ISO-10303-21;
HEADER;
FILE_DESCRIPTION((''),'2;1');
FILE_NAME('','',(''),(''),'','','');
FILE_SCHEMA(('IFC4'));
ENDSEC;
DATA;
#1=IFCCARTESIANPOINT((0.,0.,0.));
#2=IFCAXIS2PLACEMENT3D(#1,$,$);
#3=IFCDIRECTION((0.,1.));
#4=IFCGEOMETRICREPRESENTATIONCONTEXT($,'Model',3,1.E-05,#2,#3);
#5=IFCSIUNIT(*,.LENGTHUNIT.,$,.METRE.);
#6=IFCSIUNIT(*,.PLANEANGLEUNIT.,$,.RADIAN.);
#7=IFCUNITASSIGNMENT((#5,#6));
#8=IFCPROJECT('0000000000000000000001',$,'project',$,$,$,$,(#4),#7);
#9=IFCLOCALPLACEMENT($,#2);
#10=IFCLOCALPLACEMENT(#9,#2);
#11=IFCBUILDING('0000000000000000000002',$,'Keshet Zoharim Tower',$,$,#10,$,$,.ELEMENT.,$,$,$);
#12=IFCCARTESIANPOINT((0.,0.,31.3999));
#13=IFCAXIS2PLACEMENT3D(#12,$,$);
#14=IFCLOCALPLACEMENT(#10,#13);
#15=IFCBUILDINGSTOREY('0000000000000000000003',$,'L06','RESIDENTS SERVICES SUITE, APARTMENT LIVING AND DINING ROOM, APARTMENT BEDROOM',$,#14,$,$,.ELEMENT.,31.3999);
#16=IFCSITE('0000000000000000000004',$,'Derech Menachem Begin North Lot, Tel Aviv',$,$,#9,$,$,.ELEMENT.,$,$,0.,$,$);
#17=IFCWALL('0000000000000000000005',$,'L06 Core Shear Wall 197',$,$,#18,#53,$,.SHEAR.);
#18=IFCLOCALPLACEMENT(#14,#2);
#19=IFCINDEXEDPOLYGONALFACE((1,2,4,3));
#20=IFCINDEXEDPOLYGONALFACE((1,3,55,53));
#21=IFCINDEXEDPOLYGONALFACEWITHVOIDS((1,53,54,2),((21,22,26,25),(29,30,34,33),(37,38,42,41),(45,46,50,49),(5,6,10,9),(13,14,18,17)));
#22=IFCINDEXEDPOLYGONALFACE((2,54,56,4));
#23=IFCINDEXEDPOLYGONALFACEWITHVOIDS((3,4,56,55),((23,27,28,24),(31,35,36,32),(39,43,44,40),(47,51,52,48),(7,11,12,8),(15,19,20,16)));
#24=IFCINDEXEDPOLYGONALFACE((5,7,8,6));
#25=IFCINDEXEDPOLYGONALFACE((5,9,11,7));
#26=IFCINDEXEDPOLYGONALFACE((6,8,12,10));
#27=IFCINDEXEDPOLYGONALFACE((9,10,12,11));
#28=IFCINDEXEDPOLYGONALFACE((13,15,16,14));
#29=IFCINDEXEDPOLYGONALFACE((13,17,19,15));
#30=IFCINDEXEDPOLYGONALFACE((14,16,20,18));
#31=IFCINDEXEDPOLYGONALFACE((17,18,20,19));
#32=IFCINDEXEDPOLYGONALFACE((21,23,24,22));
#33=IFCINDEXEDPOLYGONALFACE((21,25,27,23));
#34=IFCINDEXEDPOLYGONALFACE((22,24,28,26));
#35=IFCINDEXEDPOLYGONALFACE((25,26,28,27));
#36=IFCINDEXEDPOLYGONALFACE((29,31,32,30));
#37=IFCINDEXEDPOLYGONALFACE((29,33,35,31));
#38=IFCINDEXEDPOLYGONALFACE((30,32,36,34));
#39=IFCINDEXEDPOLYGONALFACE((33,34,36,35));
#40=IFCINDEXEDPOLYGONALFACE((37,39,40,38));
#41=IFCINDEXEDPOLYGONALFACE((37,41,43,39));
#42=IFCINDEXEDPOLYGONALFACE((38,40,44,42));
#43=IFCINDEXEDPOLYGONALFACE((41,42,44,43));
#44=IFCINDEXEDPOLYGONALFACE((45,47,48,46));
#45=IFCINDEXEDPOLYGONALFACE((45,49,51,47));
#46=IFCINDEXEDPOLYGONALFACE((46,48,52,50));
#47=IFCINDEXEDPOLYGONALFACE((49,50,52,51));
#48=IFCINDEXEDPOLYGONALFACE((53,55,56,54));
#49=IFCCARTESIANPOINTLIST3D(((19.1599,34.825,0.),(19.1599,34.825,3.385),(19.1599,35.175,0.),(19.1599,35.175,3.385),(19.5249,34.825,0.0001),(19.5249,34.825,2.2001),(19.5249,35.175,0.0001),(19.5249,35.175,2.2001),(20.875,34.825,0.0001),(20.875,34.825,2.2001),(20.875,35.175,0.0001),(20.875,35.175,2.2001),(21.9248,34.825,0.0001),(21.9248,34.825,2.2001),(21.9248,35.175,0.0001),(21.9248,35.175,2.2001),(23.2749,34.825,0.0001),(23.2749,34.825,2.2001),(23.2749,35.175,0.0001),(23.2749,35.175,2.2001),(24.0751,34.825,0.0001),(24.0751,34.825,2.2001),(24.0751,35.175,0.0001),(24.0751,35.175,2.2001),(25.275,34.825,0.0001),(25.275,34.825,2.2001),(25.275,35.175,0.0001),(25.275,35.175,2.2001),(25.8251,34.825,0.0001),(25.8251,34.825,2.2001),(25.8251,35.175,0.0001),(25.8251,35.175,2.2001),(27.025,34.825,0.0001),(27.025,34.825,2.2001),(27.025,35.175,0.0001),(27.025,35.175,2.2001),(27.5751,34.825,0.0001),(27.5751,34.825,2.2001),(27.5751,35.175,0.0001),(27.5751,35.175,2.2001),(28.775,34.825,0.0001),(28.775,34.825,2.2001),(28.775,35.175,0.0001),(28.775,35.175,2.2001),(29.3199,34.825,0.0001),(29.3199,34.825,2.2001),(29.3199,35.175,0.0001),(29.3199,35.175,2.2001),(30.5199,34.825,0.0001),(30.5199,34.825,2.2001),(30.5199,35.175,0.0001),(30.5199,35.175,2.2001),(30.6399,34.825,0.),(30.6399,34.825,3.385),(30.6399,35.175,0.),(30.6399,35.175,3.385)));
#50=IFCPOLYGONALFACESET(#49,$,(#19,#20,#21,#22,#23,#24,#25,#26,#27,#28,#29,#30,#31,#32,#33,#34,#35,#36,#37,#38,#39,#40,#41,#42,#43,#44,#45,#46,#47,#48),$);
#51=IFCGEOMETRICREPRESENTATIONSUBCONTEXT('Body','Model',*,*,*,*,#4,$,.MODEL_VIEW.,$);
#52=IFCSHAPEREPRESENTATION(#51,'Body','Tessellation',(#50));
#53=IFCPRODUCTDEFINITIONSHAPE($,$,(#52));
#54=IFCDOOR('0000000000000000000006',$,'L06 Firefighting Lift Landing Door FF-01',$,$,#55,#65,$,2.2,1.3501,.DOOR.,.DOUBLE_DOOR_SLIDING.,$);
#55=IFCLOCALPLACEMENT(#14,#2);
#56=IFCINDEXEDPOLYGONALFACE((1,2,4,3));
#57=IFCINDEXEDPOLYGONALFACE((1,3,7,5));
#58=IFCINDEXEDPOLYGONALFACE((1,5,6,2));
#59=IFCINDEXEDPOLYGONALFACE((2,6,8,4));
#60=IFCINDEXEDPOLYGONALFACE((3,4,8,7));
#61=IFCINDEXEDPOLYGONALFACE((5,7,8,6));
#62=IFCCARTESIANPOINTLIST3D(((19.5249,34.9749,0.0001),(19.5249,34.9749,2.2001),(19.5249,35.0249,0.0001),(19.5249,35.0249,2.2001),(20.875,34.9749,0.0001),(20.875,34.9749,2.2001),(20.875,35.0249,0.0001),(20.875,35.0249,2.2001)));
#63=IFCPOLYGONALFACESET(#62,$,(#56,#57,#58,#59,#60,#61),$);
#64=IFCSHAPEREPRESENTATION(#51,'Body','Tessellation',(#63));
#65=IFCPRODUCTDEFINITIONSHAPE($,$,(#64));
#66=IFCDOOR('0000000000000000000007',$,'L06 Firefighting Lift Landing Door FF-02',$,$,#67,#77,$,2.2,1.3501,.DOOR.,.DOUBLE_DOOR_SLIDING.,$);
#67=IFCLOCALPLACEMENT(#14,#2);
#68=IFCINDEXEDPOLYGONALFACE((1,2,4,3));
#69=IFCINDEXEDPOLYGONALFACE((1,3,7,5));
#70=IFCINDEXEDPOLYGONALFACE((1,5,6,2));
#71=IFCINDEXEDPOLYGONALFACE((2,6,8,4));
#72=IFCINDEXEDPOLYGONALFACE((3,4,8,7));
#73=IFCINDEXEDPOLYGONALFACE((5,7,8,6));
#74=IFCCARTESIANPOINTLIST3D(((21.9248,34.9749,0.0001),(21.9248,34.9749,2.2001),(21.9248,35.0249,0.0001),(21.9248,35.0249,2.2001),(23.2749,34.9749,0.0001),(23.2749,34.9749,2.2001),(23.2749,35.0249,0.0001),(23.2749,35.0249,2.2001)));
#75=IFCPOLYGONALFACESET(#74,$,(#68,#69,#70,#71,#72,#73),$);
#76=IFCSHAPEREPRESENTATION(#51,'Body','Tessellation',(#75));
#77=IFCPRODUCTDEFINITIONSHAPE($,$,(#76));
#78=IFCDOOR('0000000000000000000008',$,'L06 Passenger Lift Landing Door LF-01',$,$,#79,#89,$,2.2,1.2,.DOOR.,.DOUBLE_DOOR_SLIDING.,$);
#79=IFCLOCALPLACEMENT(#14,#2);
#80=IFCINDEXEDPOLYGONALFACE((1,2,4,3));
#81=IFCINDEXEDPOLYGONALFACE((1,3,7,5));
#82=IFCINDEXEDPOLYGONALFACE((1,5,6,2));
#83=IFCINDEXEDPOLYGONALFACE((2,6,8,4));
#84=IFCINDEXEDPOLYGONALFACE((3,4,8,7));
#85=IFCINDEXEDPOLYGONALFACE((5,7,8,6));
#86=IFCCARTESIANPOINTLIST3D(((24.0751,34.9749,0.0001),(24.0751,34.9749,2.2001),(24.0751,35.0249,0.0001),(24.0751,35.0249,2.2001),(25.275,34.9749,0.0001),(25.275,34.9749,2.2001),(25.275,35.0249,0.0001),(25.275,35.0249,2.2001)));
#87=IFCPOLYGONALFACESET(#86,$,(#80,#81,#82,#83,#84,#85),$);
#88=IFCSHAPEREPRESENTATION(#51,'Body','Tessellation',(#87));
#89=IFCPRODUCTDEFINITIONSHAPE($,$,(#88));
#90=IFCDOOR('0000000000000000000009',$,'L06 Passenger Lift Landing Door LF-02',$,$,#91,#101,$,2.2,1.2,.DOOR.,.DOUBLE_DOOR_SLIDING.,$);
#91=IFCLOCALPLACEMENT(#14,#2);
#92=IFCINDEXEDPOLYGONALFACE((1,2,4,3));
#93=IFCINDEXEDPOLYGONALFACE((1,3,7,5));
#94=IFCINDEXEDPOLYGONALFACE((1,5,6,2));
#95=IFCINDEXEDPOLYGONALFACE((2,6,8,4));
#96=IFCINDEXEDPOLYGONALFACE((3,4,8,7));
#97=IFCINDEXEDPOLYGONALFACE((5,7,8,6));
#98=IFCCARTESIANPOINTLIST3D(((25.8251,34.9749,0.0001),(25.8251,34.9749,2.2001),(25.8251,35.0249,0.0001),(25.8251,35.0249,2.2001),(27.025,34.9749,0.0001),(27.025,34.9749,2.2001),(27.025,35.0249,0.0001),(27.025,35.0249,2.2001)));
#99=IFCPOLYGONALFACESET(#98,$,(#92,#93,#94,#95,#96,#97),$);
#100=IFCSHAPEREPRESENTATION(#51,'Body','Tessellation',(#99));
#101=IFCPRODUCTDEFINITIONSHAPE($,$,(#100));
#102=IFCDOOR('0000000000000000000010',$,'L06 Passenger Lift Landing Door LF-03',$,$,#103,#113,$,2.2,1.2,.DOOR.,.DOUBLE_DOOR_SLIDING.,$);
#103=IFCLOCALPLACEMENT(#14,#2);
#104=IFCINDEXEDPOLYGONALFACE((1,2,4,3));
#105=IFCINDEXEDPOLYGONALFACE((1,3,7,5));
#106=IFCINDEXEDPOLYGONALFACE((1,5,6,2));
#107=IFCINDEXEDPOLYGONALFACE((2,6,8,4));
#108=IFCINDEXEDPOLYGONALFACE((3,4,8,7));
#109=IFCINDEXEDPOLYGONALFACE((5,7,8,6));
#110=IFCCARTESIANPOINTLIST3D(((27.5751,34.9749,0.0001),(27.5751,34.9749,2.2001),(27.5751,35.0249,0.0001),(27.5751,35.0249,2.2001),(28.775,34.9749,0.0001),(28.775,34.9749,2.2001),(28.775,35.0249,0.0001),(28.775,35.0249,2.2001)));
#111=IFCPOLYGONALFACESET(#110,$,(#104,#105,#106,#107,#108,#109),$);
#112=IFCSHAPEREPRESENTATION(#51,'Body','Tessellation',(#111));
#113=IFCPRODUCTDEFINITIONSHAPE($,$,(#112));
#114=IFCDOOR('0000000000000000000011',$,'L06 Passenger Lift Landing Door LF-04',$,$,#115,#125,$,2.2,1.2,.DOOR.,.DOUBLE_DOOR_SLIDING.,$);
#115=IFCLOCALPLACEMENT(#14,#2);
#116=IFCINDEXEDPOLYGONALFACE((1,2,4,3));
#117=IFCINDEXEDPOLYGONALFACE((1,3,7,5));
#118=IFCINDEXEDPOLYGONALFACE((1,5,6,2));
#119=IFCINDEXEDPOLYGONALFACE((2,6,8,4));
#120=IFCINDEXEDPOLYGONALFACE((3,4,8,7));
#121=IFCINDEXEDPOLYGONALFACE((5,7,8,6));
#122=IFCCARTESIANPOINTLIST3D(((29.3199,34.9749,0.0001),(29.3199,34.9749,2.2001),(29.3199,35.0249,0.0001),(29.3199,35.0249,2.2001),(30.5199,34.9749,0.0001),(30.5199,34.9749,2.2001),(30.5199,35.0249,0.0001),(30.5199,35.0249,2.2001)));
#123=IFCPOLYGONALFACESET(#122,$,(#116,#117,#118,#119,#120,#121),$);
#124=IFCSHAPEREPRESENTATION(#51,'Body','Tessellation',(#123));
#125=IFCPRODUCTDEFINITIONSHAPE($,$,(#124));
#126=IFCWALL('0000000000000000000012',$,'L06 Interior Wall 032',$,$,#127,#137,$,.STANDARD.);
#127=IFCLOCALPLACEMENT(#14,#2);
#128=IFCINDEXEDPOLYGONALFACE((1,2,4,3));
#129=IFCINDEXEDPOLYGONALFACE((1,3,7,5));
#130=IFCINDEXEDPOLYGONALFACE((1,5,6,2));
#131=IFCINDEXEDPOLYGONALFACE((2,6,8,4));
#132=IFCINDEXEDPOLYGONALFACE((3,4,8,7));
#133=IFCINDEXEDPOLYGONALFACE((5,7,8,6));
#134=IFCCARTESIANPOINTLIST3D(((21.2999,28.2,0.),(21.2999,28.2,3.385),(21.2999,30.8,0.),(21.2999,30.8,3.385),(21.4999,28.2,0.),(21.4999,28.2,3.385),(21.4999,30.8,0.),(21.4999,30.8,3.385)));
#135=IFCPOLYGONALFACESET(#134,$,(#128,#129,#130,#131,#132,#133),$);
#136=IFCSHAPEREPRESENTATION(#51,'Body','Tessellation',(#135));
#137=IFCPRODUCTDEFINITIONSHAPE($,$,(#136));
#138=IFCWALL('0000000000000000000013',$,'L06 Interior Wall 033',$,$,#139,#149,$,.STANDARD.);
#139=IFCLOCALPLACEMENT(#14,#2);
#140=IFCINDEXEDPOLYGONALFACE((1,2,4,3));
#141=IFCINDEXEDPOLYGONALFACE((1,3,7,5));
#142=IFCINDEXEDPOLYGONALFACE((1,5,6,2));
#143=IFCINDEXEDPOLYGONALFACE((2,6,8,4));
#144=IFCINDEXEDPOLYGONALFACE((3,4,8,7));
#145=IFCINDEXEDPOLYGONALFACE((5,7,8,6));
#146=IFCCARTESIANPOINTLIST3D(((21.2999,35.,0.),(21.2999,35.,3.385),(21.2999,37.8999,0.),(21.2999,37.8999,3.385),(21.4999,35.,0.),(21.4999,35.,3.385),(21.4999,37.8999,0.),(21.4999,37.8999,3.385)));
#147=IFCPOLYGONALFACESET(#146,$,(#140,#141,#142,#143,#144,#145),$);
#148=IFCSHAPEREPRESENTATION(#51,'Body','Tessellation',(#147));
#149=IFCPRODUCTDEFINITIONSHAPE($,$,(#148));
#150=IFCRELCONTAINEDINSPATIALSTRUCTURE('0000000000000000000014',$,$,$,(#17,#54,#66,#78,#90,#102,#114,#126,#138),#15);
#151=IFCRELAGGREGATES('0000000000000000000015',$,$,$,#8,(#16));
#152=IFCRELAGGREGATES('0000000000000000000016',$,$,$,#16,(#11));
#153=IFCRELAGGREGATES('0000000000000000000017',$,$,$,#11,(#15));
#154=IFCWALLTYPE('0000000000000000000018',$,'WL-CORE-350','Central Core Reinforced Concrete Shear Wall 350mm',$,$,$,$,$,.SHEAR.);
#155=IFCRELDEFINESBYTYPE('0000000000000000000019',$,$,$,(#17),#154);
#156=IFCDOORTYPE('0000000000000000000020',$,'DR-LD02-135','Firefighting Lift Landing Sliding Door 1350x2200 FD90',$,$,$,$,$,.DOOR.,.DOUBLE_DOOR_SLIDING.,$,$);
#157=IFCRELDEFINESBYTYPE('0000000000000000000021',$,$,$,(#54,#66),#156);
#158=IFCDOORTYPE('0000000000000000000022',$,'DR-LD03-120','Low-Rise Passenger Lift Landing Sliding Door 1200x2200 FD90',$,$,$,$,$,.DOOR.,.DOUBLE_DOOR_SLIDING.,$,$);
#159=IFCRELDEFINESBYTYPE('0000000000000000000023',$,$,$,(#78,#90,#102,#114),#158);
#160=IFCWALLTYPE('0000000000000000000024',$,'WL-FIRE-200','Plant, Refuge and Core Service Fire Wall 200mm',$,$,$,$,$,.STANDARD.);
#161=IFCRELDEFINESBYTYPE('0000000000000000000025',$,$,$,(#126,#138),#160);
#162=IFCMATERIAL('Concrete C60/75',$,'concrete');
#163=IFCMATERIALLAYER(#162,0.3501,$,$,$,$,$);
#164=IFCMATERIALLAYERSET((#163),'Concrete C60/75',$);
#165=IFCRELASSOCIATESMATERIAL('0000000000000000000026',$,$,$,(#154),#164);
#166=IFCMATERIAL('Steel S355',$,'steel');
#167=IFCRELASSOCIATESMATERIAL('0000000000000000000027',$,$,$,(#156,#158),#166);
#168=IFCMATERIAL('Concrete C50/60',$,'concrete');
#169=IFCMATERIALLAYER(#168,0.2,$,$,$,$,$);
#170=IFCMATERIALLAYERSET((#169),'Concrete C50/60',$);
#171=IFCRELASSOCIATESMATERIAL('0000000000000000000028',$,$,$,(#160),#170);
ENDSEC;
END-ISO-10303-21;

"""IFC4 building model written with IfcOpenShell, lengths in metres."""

from ifc_helpers import new_model, si_unit, direction, frame, frame_2d, origin, place, context, subcontext, project, spatial, rectangle, extrude, material, layer, layer_set, type_object, element, fill, save


model = new_model("IFC4")

# Units and contexts
model_context = context("Model", 3, precision=1e-05, world=origin(), true_north=direction((0.0, 1.0)))
body_context = subcontext(model_context, "Body", "Model", "MODEL_VIEW")
ifc_project = project(units=[si_unit("LENGTHUNIT", "METRE"), si_unit("PLANEANGLEUNIT", "RADIAN")], contexts=[model_context])

# Site, building, storey
site_placement = place(None, origin())
site = spatial("IfcSite", under=ifc_project, at=site_placement, Name="Derech Menachem Begin North Lot, Tel Aviv", CompositionType="ELEMENT", RefElevation=0.0)
building_placement = place(site_placement, origin())
building = spatial("IfcBuilding", under=site, at=building_placement, Name="Keshet Zoharim Tower", CompositionType="ELEMENT")
storey_placement = place(building_placement, frame((0.0, 0.0, 31.3999)))
storey = spatial("IfcBuildingStorey", under=building, at=storey_placement, Name="L06", Description="RESIDENTS SERVICES SUITE, APARTMENT LIVING AND DINING ROOM, APARTMENT BEDROOM", CompositionType="ELEMENT", Elevation=31.3999)

# Shared definitions
ifc_material_1 = material(Name="Concrete C60/75", Category="concrete")
ifc_layer_1 = layer(ifc_material_1, 0.3501)
ifc_layer_set_1 = layer_set([ifc_layer_1], Name="Concrete C60/75")
wall_type_1 = type_object("IfcWallType", Name="WL-CORE-350", Description="Central Core Reinforced Concrete Shear Wall 350mm", PredefinedType="SHEAR", material=ifc_layer_set_1)

# Shared definitions
ifc_material_2 = material(Name="Steel S355", Category="steel")

# Wall, openings, doors
wall_1_placement = place(storey_placement, frame((19.1599, 35.0, 0.0), z_axis=(0.0, 0.0, 1.0), x_axis=(1.0, 0.0, 0.0)))
wall_1 = element("IfcWall", 1, at=wall_1_placement, inside=storey, type_object=wall_type_1, Name="L06 Core Shear Wall 197", PredefinedType="SHEAR", context=body_context, shape_type="SweptSolid", body=[
    extrude(rectangle(XDim=11.48, YDim=0.3501, at=frame_2d((5.74, 0.0))), origin(), (0.0, 0.0, 1.0), 3.385),
])
opening_1_placement = place(wall_1_placement, frame((0.365, 0.0, 0.0)))
opening_1 = element("IfcOpeningElement", 2, at=opening_1_placement, cuts=wall_1, PredefinedType="OPENING", context=body_context, shape_type="SweptSolid", body=[
    extrude(rectangle(XDim=1.3501, YDim=2.2, at=frame_2d((0.675, 1.1001))), frame((0.0, 0.1851, 0.0), z_axis=(0.0, -1.0, 0.0), x_axis=(1.0, 0.0, 0.0)), (0.0, 0.0, 1.0), 0.3701),
])
opening_2_placement = place(wall_1_placement, frame((2.7649, 0.0, 0.0)))
opening_2 = element("IfcOpeningElement", 3, at=opening_2_placement, cuts=wall_1, PredefinedType="OPENING", context=body_context, shape_type="SweptSolid", body=[
    extrude(rectangle(XDim=1.3501, YDim=2.2, at=frame_2d((0.675, 1.1001))), frame((0.0, 0.1851, 0.0), z_axis=(0.0, -1.0, 0.0), x_axis=(1.0, 0.0, 0.0)), (0.0, 0.0, 1.0), 0.3701),
])
opening_3_placement = place(wall_1_placement, frame((4.915, 0.0, 0.0)))
opening_3 = element("IfcOpeningElement", 4, at=opening_3_placement, cuts=wall_1, PredefinedType="OPENING", context=body_context, shape_type="SweptSolid", body=[
    extrude(rectangle(XDim=1.2, YDim=2.2, at=frame_2d((0.6001, 1.1001))), frame((0.0, 0.1851, 0.0), z_axis=(0.0, -1.0, 0.0), x_axis=(1.0, 0.0, 0.0)), (0.0, 0.0, 1.0), 0.3701),
])
opening_4_placement = place(wall_1_placement, frame((6.665, 0.0, 0.0)))
opening_4 = element("IfcOpeningElement", 5, at=opening_4_placement, cuts=wall_1, PredefinedType="OPENING", context=body_context, shape_type="SweptSolid", body=[
    extrude(rectangle(XDim=1.2, YDim=2.2, at=frame_2d((0.6001, 1.1001))), frame((0.0, 0.1851, 0.0), z_axis=(0.0, -1.0, 0.0), x_axis=(1.0, 0.0, 0.0)), (0.0, 0.0, 1.0), 0.3701),
])
opening_5_placement = place(wall_1_placement, frame((8.415, 0.0, 0.0)))
opening_5 = element("IfcOpeningElement", 6, at=opening_5_placement, cuts=wall_1, PredefinedType="OPENING", context=body_context, shape_type="SweptSolid", body=[
    extrude(rectangle(XDim=1.2, YDim=2.2, at=frame_2d((0.6001, 1.1001))), frame((0.0, 0.1851, 0.0), z_axis=(0.0, -1.0, 0.0), x_axis=(1.0, 0.0, 0.0)), (0.0, 0.0, 1.0), 0.3701),
])
opening_6_placement = place(wall_1_placement, frame((10.1599, 0.0, 0.0)))
opening_6 = element("IfcOpeningElement", 7, at=opening_6_placement, cuts=wall_1, PredefinedType="OPENING", context=body_context, shape_type="SweptSolid", body=[
    extrude(rectangle(XDim=1.2, YDim=2.2, at=frame_2d((0.6001, 1.1001))), frame((0.0, 0.1851, 0.0), z_axis=(0.0, -1.0, 0.0), x_axis=(1.0, 0.0, 0.0)), (0.0, 0.0, 1.0), 0.3701),
])
door_type_1 = type_object("IfcDoorType", Name="DR-LD02-135", Description="Firefighting Lift Landing Sliding Door 1350x2200 FD90", OperationType="DOUBLE_DOOR_SLIDING", PredefinedType="DOOR", material=ifc_material_2)
door_1_placement = place(opening_1_placement, origin())
door_1 = element("IfcDoor", 8, at=door_1_placement, inside=storey, type_object=door_type_1, Name="L06 Firefighting Lift Landing Door FF-01", OperationType="DOUBLE_DOOR_SLIDING", OverallHeight=2.2, OverallWidth=1.3501, PredefinedType="DOOR", context=body_context, shape_type="SweptSolid", body=[
    extrude(rectangle(XDim=1.3501, YDim=2.2, at=frame_2d((0.675, 1.1001))), frame((0.0, 0.0249, 0.0), z_axis=(0.0, -1.0, 0.0), x_axis=(1.0, 0.0, 0.0)), (0.0, 0.0, 1.0), 0.05),
])
fill(opening_1, door_1)
door_2_placement = place(opening_2_placement, origin())
door_2 = element("IfcDoor", 9, at=door_2_placement, inside=storey, type_object=door_type_1, Name="L06 Firefighting Lift Landing Door FF-02", OperationType="DOUBLE_DOOR_SLIDING", OverallHeight=2.2, OverallWidth=1.3501, PredefinedType="DOOR", context=body_context, shape_type="SweptSolid", body=[
    extrude(rectangle(XDim=1.3501, YDim=2.2, at=frame_2d((0.675, 1.1001))), frame((0.0, 0.0249, 0.0), z_axis=(0.0, -1.0, 0.0), x_axis=(1.0, 0.0, 0.0)), (0.0, 0.0, 1.0), 0.05),
])
fill(opening_2, door_2)
door_type_2 = type_object("IfcDoorType", Name="DR-LD03-120", Description="Low-Rise Passenger Lift Landing Sliding Door 1200x2200 FD90", OperationType="DOUBLE_DOOR_SLIDING", PredefinedType="DOOR", material=ifc_material_2)
door_3_placement = place(opening_3_placement, origin())
door_3 = element("IfcDoor", 10, at=door_3_placement, inside=storey, type_object=door_type_2, Name="L06 Passenger Lift Landing Door LF-01", OperationType="DOUBLE_DOOR_SLIDING", OverallHeight=2.2, OverallWidth=1.2, PredefinedType="DOOR", context=body_context, shape_type="SweptSolid", body=[
    extrude(rectangle(XDim=1.2, YDim=2.2, at=frame_2d((0.6001, 1.1001))), frame((0.0, 0.0249, 0.0), z_axis=(0.0, -1.0, 0.0), x_axis=(1.0, 0.0, 0.0)), (0.0, 0.0, 1.0), 0.05),
])
fill(opening_3, door_3)
door_4_placement = place(opening_4_placement, origin())
door_4 = element("IfcDoor", 11, at=door_4_placement, inside=storey, type_object=door_type_2, Name="L06 Passenger Lift Landing Door LF-02", OperationType="DOUBLE_DOOR_SLIDING", OverallHeight=2.2, OverallWidth=1.2, PredefinedType="DOOR", context=body_context, shape_type="SweptSolid", body=[
    extrude(rectangle(XDim=1.2, YDim=2.2, at=frame_2d((0.6001, 1.1001))), frame((0.0, 0.0249, 0.0), z_axis=(0.0, -1.0, 0.0), x_axis=(1.0, 0.0, 0.0)), (0.0, 0.0, 1.0), 0.05),
])
fill(opening_4, door_4)
door_5_placement = place(opening_5_placement, origin())
door_5 = element("IfcDoor", 12, at=door_5_placement, inside=storey, type_object=door_type_2, Name="L06 Passenger Lift Landing Door LF-03", OperationType="DOUBLE_DOOR_SLIDING", OverallHeight=2.2, OverallWidth=1.2, PredefinedType="DOOR", context=body_context, shape_type="SweptSolid", body=[
    extrude(rectangle(XDim=1.2, YDim=2.2, at=frame_2d((0.6001, 1.1001))), frame((0.0, 0.0249, 0.0), z_axis=(0.0, -1.0, 0.0), x_axis=(1.0, 0.0, 0.0)), (0.0, 0.0, 1.0), 0.05),
])
fill(opening_5, door_5)
door_6_placement = place(opening_6_placement, origin())
door_6 = element("IfcDoor", 13, at=door_6_placement, inside=storey, type_object=door_type_2, Name="L06 Passenger Lift Landing Door LF-04", OperationType="DOUBLE_DOOR_SLIDING", OverallHeight=2.2, OverallWidth=1.2, PredefinedType="DOOR", context=body_context, shape_type="SweptSolid", body=[
    extrude(rectangle(XDim=1.2, YDim=2.2, at=frame_2d((0.6001, 1.1001))), frame((0.0, 0.0249, 0.0), z_axis=(0.0, -1.0, 0.0), x_axis=(1.0, 0.0, 0.0)), (0.0, 0.0, 1.0), 0.05),
])
fill(opening_6, door_6)

# Walls
ifc_material_3 = material(Name="Concrete C50/60", Category="concrete")
ifc_layer_2 = layer(ifc_material_3, 0.2)
ifc_layer_set_2 = layer_set([ifc_layer_2], Name="Concrete C50/60")
wall_type_2 = type_object("IfcWallType", Name="WL-FIRE-200", Description="Plant, Refuge and Core Service Fire Wall 200mm", PredefinedType="STANDARD", material=ifc_layer_set_2)
wall_2_placement = place(storey_placement, frame((21.3999, 28.2, 0.0), z_axis=(0.0, 0.0, 1.0), x_axis=(0.0, 1.0, 0.0)))
element("IfcWall", 14, at=wall_2_placement, inside=storey, type_object=wall_type_2, Name="L06 Interior Wall 032", PredefinedType="STANDARD", context=body_context, shape_type="SweptSolid", body=[
    extrude(rectangle(XDim=2.6001, YDim=0.2, at=frame_2d((1.3, 0.0))), origin(), (0.0, 0.0, 1.0), 3.385),
])
wall_3_placement = place(storey_placement, frame((21.3999, 35.0, 0.0), z_axis=(0.0, 0.0, 1.0), x_axis=(0.0, 1.0, 0.0)))
element("IfcWall", 15, at=wall_3_placement, inside=storey, type_object=wall_type_2, Name="L06 Interior Wall 033", PredefinedType="STANDARD", context=body_context, shape_type="SweptSolid", body=[
    extrude(rectangle(XDim=2.8999, YDim=0.2, at=frame_2d((1.45, 0.0))), origin(), (0.0, 0.0, 1.0), 3.385),
])

save(model, "model.ifc")
